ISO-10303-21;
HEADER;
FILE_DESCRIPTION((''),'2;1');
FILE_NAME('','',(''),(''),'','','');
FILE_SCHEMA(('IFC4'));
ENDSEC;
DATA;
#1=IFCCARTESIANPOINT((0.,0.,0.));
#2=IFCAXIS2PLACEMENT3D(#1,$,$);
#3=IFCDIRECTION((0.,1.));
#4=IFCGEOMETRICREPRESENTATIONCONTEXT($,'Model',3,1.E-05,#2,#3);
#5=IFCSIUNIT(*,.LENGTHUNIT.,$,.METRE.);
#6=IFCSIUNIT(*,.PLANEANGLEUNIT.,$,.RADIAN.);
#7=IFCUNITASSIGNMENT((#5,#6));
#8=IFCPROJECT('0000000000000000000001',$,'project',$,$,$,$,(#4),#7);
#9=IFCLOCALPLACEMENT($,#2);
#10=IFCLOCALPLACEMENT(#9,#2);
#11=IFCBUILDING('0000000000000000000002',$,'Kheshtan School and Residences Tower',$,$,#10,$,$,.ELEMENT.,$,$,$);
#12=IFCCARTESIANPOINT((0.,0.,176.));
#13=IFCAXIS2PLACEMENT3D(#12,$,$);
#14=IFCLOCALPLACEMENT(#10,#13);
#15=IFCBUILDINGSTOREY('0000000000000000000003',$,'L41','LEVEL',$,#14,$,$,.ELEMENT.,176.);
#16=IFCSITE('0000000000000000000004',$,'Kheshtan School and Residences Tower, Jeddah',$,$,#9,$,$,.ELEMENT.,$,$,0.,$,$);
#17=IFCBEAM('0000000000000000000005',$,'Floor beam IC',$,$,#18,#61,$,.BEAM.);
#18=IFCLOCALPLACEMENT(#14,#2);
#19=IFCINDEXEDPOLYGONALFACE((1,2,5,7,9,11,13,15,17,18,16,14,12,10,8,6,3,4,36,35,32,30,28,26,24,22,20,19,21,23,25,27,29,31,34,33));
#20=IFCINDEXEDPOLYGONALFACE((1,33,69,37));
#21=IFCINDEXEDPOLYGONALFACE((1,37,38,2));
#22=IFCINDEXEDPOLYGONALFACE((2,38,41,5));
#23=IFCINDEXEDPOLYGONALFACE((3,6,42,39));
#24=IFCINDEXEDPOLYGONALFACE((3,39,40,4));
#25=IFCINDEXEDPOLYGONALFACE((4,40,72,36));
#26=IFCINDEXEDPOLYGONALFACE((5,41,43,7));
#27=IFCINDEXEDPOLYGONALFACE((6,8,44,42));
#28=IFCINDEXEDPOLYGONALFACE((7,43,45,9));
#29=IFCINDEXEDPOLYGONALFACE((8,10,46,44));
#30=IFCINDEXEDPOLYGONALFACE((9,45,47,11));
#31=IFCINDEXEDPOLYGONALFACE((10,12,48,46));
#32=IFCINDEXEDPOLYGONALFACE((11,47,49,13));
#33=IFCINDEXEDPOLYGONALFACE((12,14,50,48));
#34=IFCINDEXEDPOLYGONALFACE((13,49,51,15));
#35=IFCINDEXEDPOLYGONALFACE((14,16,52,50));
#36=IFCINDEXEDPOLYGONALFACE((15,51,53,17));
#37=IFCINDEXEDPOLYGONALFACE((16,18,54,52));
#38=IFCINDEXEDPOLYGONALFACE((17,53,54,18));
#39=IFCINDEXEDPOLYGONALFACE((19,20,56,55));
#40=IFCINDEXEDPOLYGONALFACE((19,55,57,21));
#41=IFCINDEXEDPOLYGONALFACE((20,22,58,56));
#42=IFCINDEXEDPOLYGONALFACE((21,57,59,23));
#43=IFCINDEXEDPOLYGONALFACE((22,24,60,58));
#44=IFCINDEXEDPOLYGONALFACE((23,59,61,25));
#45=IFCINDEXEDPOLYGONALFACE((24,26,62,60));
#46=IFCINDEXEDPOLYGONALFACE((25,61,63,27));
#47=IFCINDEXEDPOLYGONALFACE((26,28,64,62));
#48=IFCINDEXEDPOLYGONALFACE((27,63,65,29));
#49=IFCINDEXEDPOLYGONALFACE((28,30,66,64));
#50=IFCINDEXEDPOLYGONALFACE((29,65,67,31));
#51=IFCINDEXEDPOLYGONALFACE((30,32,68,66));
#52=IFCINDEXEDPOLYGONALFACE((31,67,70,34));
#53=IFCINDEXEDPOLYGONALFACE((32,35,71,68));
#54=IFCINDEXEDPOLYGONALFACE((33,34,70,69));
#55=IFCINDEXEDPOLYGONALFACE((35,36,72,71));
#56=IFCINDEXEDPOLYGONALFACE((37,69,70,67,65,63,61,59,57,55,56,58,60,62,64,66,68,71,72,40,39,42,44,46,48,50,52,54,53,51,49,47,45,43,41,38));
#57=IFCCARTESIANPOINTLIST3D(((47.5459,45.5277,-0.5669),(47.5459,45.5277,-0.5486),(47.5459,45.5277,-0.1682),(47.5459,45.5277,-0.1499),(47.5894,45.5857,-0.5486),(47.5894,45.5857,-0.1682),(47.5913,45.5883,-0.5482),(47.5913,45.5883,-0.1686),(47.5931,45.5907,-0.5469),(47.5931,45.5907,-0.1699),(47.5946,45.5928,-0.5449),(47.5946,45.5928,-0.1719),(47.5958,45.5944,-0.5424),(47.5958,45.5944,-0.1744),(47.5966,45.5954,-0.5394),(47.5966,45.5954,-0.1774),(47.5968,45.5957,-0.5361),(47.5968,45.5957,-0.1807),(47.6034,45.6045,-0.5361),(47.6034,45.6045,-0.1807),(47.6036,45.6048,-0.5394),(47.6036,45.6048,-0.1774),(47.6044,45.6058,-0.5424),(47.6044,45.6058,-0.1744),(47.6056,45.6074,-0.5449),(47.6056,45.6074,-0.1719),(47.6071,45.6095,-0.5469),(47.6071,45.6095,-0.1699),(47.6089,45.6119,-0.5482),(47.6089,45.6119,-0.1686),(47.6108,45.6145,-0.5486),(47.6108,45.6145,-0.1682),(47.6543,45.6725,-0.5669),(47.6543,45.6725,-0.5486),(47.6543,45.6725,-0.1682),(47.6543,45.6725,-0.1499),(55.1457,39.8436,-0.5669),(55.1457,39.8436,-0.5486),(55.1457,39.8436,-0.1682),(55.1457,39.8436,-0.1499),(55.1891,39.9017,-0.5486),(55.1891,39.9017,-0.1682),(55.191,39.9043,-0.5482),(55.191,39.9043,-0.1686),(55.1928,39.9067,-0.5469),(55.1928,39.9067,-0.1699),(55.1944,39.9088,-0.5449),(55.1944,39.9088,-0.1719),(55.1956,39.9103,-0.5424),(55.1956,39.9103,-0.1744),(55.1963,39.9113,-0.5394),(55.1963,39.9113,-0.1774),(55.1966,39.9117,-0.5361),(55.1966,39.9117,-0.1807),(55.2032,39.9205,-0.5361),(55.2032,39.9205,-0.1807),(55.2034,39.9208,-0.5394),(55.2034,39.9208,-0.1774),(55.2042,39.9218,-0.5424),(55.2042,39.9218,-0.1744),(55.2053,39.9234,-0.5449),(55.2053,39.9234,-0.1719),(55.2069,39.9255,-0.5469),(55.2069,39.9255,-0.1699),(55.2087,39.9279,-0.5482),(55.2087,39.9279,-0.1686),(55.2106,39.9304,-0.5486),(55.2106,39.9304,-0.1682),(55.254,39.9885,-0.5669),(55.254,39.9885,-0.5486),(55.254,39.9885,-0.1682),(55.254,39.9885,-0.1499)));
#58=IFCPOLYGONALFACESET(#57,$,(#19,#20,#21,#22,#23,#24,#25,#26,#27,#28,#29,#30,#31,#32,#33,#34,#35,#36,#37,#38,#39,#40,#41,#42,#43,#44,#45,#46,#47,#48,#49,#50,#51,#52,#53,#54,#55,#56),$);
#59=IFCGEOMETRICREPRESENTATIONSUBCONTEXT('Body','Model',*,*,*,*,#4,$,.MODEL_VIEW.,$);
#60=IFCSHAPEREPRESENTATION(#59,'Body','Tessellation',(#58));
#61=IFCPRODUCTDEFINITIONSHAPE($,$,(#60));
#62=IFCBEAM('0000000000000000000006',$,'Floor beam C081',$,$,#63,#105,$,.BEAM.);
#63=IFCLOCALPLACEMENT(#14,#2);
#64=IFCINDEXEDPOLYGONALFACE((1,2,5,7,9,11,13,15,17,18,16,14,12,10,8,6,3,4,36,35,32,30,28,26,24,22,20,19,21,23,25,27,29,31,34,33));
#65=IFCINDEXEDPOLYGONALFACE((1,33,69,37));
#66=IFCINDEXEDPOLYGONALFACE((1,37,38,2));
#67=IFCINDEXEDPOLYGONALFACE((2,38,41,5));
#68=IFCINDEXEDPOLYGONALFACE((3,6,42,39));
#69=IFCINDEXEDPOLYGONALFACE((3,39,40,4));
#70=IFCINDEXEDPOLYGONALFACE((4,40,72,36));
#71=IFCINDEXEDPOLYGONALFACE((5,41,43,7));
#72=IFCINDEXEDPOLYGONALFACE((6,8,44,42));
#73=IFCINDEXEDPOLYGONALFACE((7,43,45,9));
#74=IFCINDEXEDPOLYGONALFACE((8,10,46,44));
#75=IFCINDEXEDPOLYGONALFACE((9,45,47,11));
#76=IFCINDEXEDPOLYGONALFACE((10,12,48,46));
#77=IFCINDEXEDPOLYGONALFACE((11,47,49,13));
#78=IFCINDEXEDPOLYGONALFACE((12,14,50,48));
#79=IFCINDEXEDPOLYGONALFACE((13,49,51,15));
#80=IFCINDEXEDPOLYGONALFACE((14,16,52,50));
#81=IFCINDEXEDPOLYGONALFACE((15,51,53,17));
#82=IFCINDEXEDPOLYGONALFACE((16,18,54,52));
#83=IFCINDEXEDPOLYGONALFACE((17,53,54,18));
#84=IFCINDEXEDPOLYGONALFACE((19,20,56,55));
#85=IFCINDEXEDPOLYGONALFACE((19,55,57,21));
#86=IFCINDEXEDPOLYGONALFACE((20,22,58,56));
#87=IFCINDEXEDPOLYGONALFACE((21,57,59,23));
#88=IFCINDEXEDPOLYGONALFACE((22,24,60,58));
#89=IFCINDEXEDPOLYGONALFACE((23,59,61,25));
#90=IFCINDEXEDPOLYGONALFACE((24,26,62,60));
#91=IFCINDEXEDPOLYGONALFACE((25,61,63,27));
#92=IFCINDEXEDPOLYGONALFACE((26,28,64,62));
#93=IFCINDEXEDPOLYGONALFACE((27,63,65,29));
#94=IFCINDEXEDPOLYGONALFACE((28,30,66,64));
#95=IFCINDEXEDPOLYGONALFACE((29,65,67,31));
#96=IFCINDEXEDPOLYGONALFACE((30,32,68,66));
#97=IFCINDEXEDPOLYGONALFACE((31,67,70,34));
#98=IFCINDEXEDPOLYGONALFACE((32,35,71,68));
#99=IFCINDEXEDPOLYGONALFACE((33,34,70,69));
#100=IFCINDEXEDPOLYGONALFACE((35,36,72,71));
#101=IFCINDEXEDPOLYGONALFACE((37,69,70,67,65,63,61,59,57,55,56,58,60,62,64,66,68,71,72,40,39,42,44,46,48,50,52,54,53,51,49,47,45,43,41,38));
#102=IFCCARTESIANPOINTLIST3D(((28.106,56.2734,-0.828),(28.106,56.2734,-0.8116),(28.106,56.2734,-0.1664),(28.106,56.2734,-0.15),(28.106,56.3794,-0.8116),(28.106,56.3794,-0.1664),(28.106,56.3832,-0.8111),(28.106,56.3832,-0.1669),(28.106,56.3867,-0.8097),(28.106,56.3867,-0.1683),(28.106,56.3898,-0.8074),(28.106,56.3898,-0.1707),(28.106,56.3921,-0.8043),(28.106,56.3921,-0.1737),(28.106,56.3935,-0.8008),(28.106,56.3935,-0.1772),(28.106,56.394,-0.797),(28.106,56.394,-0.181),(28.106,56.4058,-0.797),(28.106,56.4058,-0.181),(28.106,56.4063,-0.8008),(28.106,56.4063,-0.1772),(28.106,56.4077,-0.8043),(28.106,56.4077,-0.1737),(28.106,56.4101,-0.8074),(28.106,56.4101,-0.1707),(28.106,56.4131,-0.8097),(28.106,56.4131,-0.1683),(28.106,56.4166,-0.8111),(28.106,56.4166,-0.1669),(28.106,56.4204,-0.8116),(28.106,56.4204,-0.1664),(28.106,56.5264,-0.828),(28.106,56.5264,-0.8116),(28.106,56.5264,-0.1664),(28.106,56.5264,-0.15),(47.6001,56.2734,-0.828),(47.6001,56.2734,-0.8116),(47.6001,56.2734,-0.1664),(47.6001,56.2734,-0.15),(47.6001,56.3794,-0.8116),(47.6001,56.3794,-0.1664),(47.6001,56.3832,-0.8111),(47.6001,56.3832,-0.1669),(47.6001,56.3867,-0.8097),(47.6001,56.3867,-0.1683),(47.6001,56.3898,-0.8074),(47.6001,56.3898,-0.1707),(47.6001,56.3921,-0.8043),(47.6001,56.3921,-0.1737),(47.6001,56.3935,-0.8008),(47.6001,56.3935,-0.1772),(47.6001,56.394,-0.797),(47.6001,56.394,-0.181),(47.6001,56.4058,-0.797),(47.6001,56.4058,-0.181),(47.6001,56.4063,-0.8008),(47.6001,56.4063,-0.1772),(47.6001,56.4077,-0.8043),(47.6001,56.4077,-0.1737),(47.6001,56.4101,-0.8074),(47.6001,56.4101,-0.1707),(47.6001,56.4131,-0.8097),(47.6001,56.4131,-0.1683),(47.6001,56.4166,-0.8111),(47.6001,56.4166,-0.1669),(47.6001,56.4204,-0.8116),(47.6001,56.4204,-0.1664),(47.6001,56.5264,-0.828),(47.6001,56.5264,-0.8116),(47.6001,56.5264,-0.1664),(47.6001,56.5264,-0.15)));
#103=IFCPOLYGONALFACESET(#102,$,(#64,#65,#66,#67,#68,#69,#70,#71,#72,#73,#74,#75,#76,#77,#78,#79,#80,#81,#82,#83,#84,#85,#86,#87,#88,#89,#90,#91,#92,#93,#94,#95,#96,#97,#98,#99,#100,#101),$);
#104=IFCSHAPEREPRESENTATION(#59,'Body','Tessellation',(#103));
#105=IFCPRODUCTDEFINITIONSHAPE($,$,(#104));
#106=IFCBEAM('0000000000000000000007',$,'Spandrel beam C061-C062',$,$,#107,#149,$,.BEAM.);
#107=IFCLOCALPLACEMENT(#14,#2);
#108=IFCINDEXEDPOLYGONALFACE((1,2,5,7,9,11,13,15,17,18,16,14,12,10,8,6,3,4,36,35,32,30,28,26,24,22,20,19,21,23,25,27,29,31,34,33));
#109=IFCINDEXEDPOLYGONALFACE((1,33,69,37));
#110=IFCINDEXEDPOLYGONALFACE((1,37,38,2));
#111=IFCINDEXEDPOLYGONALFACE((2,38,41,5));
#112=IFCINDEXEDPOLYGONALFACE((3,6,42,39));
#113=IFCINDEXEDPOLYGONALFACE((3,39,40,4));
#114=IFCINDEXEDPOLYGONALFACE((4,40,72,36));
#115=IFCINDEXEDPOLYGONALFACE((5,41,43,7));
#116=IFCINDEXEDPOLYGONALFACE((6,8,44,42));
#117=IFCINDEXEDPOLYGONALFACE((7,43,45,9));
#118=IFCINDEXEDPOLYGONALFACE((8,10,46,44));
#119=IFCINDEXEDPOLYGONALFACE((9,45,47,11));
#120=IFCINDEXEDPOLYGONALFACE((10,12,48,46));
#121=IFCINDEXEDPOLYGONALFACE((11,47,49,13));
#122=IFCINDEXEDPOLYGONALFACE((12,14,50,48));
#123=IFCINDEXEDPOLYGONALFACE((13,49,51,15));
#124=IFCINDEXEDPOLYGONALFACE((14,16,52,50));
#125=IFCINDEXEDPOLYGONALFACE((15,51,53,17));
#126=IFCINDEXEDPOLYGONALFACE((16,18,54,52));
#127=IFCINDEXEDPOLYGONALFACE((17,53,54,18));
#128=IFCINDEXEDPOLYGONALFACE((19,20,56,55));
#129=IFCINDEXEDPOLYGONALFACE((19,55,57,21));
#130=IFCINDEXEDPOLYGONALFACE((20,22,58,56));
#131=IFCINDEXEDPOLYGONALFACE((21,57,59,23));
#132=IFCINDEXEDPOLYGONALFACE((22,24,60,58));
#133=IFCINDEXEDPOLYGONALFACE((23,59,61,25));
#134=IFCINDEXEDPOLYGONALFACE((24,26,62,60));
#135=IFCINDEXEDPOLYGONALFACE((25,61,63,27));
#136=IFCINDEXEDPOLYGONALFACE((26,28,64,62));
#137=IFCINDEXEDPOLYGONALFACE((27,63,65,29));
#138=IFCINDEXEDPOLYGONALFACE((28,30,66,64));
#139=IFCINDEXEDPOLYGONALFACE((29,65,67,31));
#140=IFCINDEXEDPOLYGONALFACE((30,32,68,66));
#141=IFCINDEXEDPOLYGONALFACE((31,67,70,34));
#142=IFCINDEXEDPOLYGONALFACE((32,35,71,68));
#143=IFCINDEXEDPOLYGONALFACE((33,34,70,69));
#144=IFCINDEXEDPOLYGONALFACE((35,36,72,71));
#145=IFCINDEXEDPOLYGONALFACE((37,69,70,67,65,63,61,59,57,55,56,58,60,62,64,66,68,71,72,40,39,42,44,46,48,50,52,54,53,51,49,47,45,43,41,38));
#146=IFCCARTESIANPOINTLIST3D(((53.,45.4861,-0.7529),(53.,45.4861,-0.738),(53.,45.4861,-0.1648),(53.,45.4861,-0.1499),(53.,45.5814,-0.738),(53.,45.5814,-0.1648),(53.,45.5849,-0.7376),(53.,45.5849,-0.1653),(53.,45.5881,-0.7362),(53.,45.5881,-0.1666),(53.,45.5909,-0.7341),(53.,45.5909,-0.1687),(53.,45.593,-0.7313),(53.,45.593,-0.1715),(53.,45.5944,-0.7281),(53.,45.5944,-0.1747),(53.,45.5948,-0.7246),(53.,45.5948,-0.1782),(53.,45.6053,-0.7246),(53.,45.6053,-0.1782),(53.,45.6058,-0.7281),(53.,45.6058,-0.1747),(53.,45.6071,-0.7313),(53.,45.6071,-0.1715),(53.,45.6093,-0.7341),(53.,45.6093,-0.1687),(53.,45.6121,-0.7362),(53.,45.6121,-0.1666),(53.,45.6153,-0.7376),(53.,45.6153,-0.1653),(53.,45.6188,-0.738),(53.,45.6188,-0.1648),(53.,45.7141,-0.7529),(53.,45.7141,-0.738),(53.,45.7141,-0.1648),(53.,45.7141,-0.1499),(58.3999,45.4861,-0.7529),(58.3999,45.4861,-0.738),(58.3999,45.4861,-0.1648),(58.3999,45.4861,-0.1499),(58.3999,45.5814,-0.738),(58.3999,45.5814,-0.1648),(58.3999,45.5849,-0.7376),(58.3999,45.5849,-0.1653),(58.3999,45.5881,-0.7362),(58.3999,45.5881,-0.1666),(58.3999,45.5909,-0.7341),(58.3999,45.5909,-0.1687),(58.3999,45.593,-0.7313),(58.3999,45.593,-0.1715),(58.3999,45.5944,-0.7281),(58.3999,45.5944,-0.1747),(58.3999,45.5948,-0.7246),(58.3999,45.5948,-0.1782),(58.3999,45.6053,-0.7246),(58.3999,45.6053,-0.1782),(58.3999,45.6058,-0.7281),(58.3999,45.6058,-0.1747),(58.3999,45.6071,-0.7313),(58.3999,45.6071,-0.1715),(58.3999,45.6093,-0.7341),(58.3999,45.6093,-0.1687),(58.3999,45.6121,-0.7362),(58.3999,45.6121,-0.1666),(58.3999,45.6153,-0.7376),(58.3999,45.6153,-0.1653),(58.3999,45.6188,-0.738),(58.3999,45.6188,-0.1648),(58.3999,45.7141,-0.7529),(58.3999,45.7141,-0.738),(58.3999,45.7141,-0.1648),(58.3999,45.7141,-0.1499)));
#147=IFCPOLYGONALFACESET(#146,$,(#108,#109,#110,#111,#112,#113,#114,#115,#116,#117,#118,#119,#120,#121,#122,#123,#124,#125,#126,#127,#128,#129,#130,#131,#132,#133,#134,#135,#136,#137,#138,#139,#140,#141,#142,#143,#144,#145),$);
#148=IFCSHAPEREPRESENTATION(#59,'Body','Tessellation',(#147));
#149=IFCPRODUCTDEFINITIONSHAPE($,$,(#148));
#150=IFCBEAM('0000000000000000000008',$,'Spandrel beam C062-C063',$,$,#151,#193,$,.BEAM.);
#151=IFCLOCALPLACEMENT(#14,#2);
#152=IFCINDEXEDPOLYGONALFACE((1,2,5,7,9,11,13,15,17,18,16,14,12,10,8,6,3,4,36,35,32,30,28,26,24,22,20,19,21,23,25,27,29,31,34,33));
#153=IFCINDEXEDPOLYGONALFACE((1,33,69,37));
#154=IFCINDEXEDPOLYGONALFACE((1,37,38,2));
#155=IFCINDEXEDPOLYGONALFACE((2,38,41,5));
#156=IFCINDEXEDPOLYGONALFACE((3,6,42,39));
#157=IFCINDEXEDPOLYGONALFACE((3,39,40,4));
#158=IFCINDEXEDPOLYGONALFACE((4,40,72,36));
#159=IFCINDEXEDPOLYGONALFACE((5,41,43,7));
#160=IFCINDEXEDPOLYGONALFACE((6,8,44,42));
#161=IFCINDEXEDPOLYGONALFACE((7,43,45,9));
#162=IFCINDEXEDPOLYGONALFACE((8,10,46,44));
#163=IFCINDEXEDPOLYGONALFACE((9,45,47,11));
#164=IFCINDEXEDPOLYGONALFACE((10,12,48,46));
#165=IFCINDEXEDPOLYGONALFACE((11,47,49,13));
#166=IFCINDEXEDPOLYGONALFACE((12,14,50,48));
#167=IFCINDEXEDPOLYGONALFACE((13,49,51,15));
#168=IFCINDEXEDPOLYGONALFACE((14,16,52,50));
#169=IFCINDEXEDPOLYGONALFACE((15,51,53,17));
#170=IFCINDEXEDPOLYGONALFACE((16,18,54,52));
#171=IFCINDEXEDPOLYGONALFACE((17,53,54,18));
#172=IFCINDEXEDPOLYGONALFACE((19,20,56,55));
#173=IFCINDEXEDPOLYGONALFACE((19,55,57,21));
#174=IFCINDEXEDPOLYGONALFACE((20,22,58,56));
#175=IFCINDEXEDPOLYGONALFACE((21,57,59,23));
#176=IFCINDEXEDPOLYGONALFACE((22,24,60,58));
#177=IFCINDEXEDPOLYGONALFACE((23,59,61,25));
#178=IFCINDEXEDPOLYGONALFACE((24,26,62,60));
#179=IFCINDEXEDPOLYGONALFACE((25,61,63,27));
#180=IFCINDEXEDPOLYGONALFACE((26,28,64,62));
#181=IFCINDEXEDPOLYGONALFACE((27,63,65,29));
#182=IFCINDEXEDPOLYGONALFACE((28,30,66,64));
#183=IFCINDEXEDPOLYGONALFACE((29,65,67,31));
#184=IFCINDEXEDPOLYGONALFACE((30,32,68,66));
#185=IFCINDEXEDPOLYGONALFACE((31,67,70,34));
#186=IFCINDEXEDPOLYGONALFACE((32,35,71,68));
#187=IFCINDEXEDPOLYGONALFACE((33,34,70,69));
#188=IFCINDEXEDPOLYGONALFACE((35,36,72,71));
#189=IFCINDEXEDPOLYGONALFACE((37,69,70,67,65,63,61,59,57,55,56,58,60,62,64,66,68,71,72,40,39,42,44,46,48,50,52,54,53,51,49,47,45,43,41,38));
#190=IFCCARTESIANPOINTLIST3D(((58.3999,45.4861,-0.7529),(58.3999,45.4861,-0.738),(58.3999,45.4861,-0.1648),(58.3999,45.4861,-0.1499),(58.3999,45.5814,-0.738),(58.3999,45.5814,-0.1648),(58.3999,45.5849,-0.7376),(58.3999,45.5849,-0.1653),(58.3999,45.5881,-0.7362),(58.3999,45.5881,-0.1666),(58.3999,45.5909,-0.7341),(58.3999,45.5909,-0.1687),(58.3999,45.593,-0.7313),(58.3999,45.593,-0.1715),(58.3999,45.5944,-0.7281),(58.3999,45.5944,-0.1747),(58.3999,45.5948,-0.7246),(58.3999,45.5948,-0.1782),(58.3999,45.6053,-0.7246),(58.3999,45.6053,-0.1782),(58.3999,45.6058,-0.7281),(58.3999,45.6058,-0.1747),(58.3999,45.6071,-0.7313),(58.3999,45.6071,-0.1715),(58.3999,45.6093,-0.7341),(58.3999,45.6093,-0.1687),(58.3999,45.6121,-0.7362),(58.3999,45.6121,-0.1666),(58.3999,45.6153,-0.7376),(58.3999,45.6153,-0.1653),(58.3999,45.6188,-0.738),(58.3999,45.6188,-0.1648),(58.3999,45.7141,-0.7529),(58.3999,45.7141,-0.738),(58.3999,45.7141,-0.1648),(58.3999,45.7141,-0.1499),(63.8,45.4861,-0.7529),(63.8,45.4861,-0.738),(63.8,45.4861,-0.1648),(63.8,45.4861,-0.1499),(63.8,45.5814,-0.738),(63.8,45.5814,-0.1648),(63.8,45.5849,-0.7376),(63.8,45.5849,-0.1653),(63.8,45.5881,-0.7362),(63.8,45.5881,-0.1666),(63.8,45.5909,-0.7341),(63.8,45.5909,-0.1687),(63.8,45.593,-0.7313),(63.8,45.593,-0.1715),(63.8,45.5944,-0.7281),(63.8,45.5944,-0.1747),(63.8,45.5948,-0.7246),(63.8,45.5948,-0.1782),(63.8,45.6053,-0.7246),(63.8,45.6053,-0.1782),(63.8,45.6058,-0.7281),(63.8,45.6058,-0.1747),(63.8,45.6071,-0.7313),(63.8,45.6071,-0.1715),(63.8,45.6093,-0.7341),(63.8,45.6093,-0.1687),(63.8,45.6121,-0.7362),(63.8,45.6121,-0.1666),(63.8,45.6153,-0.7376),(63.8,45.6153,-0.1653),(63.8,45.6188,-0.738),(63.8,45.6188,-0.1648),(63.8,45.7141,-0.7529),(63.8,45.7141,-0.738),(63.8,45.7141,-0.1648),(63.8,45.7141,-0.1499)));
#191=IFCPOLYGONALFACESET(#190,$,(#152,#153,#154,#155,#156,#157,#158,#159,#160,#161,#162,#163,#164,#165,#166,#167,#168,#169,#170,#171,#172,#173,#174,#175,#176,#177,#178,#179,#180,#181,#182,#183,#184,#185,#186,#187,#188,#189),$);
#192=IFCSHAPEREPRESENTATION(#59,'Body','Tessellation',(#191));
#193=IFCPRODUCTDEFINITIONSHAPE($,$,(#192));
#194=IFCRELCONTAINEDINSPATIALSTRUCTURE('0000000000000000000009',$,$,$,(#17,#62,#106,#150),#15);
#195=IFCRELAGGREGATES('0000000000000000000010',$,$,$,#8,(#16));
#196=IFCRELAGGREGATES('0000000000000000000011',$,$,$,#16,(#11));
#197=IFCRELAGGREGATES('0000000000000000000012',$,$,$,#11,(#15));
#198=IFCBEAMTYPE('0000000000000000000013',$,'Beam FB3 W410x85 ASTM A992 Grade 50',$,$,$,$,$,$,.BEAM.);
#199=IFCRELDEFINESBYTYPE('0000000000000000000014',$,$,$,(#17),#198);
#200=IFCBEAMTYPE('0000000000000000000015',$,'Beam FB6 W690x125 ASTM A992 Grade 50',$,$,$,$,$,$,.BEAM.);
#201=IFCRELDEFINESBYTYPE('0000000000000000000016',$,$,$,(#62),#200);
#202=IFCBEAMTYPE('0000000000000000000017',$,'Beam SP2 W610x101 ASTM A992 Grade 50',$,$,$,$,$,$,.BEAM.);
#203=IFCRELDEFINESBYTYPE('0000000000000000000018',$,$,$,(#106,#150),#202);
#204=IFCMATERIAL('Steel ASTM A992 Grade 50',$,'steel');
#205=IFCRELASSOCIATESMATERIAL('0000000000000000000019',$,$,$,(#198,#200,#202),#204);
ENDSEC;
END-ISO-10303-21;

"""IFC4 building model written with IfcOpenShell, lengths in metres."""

from ifc_helpers import new_model, si_unit, direction, frame, origin, origin_2d, place, context, subcontext, project, spatial, i_section, extrude, material, material_profile, profile_set, type_object, element, save


model = new_model("IFC4")

# Units and contexts
model_context = context("Model", 3, precision=1e-05, world=origin(), true_north=direction((0.0, 1.0)))
body_context = subcontext(model_context, "Body", "Model", "MODEL_VIEW")
ifc_project = project(units=[si_unit("LENGTHUNIT", "METRE"), si_unit("PLANEANGLEUNIT", "RADIAN")], contexts=[model_context])

# Site, building, storey
site_placement = place(None, origin())
site = spatial("IfcSite", under=ifc_project, at=site_placement, Name="Kheshtan School and Residences Tower, Jeddah", CompositionType="ELEMENT", RefElevation=0.0)
building_placement = place(site_placement, origin())
building = spatial("IfcBuilding", under=site, at=building_placement, Name="Kheshtan School and Residences Tower", CompositionType="ELEMENT")
storey_placement = place(building_placement, frame((0.0, 0.0, 176.0)))
storey = spatial("IfcBuildingStorey", under=building, at=storey_placement, Name="L41", Description="LEVEL", CompositionType="ELEMENT", Elevation=176.0)

# Shared definitions
ifc_material_1 = material(Name="Steel ASTM A992 Grade 50", Category="steel")

# Beams
ifc_material_profile_1 = material_profile(ifc_material_1, i_section(OverallWidth=0.1809, OverallDepth=0.417, WebThickness=0.011, FlangeThickness=0.0183, FilletRadius=0.0125, at=origin_2d()), Name="W410x85")
ifc_profile_set_1 = profile_set([ifc_material_profile_1], Name="Steel ASTM A992 Grade 50")
beam_type_1 = type_object("IfcBeamType", Name="Beam FB3 W410x85 ASTM A992 Grade 50", PredefinedType="BEAM", material=ifc_profile_set_1)
beam_1_placement = place(storey_placement, frame((47.6001, 45.6001, -0.3584), z_axis=(0.800799, -0.598933, 0.0), x_axis=(0.598933, 0.800799, 0.0)))
element("IfcBeam", 1, at=beam_1_placement, inside=storey, type_object=beam_type_1, Name="Floor beam IC", PredefinedType="BEAM", context=body_context, shape_type="SweptSolid", body=[
    extrude(i_section(OverallWidth=0.1809, OverallDepth=0.417, WebThickness=0.011, FlangeThickness=0.0183, FilletRadius=0.0125, at=origin_2d()), origin(), (0.0, 0.0, 1.0), 9.4902),
])
ifc_material_profile_2 = material_profile(ifc_material_1, i_section(OverallWidth=0.2529, OverallDepth=0.678, WebThickness=0.0117, FlangeThickness=0.0164, FilletRadius=0.0146, at=origin_2d()), Name="W690x125")
ifc_profile_set_2 = profile_set([ifc_material_profile_2], Name="Steel ASTM A992 Grade 50")
beam_type_2 = type_object("IfcBeamType", Name="Beam FB6 W690x125 ASTM A992 Grade 50", PredefinedType="BEAM", material=ifc_profile_set_2)
beam_2_placement = place(storey_placement, frame((47.6001, 56.3999, -0.489), z_axis=(-1.0, 0.0, 0.0), x_axis=(0.0, -1.0, 0.0)))
element("IfcBeam", 2, at=beam_2_placement, inside=storey, type_object=beam_type_2, Name="Floor beam C081", PredefinedType="BEAM", context=body_context, shape_type="SweptSolid", body=[
    extrude(i_section(OverallWidth=0.2529, OverallDepth=0.678, WebThickness=0.0117, FlangeThickness=0.0164, FilletRadius=0.0146, at=origin_2d()), origin(), (0.0, 0.0, 1.0), 19.4941),
])
ifc_material_profile_3 = material_profile(ifc_material_1, i_section(OverallWidth=0.228, OverallDepth=0.603, WebThickness=0.0105, FlangeThickness=0.0149, FilletRadius=0.0134, at=origin_2d()), Name="W610x101")
ifc_profile_set_3 = profile_set([ifc_material_profile_3], Name="Steel ASTM A992 Grade 50")
beam_type_3 = type_object("IfcBeamType", Name="Beam SP2 W610x101 ASTM A992 Grade 50", PredefinedType="BEAM", material=ifc_profile_set_3)
beam_3_placement = place(storey_placement, frame((53.0, 45.6001, -0.4514), z_axis=(1.0, 0.0, 0.0), x_axis=(0.0, 1.0, 0.0)))
element("IfcBeam", 3, at=beam_3_placement, inside=storey, type_object=beam_type_3, Name="Spandrel beam C061-C062", PredefinedType="BEAM", context=body_context, shape_type="SweptSolid", body=[
    extrude(i_section(OverallWidth=0.228, OverallDepth=0.603, WebThickness=0.0105, FlangeThickness=0.0149, FilletRadius=0.0134, at=origin_2d()), origin(), (0.0, 0.0, 1.0), 5.3999),
])
beam_4_placement = place(storey_placement, frame((58.3999, 45.6001, -0.4514), z_axis=(1.0, 0.0, 0.0), x_axis=(0.0, 1.0, 0.0)))
element("IfcBeam", 4, at=beam_4_placement, inside=storey, type_object=beam_type_3, Name="Spandrel beam C062-C063", PredefinedType="BEAM", context=body_context, shape_type="SweptSolid", body=[
    extrude(i_section(OverallWidth=0.228, OverallDepth=0.603, WebThickness=0.0105, FlangeThickness=0.0149, FilletRadius=0.0134, at=origin_2d()), origin(), (0.0, 0.0, 1.0), 5.4001),
])

save(model, "model.ifc")
